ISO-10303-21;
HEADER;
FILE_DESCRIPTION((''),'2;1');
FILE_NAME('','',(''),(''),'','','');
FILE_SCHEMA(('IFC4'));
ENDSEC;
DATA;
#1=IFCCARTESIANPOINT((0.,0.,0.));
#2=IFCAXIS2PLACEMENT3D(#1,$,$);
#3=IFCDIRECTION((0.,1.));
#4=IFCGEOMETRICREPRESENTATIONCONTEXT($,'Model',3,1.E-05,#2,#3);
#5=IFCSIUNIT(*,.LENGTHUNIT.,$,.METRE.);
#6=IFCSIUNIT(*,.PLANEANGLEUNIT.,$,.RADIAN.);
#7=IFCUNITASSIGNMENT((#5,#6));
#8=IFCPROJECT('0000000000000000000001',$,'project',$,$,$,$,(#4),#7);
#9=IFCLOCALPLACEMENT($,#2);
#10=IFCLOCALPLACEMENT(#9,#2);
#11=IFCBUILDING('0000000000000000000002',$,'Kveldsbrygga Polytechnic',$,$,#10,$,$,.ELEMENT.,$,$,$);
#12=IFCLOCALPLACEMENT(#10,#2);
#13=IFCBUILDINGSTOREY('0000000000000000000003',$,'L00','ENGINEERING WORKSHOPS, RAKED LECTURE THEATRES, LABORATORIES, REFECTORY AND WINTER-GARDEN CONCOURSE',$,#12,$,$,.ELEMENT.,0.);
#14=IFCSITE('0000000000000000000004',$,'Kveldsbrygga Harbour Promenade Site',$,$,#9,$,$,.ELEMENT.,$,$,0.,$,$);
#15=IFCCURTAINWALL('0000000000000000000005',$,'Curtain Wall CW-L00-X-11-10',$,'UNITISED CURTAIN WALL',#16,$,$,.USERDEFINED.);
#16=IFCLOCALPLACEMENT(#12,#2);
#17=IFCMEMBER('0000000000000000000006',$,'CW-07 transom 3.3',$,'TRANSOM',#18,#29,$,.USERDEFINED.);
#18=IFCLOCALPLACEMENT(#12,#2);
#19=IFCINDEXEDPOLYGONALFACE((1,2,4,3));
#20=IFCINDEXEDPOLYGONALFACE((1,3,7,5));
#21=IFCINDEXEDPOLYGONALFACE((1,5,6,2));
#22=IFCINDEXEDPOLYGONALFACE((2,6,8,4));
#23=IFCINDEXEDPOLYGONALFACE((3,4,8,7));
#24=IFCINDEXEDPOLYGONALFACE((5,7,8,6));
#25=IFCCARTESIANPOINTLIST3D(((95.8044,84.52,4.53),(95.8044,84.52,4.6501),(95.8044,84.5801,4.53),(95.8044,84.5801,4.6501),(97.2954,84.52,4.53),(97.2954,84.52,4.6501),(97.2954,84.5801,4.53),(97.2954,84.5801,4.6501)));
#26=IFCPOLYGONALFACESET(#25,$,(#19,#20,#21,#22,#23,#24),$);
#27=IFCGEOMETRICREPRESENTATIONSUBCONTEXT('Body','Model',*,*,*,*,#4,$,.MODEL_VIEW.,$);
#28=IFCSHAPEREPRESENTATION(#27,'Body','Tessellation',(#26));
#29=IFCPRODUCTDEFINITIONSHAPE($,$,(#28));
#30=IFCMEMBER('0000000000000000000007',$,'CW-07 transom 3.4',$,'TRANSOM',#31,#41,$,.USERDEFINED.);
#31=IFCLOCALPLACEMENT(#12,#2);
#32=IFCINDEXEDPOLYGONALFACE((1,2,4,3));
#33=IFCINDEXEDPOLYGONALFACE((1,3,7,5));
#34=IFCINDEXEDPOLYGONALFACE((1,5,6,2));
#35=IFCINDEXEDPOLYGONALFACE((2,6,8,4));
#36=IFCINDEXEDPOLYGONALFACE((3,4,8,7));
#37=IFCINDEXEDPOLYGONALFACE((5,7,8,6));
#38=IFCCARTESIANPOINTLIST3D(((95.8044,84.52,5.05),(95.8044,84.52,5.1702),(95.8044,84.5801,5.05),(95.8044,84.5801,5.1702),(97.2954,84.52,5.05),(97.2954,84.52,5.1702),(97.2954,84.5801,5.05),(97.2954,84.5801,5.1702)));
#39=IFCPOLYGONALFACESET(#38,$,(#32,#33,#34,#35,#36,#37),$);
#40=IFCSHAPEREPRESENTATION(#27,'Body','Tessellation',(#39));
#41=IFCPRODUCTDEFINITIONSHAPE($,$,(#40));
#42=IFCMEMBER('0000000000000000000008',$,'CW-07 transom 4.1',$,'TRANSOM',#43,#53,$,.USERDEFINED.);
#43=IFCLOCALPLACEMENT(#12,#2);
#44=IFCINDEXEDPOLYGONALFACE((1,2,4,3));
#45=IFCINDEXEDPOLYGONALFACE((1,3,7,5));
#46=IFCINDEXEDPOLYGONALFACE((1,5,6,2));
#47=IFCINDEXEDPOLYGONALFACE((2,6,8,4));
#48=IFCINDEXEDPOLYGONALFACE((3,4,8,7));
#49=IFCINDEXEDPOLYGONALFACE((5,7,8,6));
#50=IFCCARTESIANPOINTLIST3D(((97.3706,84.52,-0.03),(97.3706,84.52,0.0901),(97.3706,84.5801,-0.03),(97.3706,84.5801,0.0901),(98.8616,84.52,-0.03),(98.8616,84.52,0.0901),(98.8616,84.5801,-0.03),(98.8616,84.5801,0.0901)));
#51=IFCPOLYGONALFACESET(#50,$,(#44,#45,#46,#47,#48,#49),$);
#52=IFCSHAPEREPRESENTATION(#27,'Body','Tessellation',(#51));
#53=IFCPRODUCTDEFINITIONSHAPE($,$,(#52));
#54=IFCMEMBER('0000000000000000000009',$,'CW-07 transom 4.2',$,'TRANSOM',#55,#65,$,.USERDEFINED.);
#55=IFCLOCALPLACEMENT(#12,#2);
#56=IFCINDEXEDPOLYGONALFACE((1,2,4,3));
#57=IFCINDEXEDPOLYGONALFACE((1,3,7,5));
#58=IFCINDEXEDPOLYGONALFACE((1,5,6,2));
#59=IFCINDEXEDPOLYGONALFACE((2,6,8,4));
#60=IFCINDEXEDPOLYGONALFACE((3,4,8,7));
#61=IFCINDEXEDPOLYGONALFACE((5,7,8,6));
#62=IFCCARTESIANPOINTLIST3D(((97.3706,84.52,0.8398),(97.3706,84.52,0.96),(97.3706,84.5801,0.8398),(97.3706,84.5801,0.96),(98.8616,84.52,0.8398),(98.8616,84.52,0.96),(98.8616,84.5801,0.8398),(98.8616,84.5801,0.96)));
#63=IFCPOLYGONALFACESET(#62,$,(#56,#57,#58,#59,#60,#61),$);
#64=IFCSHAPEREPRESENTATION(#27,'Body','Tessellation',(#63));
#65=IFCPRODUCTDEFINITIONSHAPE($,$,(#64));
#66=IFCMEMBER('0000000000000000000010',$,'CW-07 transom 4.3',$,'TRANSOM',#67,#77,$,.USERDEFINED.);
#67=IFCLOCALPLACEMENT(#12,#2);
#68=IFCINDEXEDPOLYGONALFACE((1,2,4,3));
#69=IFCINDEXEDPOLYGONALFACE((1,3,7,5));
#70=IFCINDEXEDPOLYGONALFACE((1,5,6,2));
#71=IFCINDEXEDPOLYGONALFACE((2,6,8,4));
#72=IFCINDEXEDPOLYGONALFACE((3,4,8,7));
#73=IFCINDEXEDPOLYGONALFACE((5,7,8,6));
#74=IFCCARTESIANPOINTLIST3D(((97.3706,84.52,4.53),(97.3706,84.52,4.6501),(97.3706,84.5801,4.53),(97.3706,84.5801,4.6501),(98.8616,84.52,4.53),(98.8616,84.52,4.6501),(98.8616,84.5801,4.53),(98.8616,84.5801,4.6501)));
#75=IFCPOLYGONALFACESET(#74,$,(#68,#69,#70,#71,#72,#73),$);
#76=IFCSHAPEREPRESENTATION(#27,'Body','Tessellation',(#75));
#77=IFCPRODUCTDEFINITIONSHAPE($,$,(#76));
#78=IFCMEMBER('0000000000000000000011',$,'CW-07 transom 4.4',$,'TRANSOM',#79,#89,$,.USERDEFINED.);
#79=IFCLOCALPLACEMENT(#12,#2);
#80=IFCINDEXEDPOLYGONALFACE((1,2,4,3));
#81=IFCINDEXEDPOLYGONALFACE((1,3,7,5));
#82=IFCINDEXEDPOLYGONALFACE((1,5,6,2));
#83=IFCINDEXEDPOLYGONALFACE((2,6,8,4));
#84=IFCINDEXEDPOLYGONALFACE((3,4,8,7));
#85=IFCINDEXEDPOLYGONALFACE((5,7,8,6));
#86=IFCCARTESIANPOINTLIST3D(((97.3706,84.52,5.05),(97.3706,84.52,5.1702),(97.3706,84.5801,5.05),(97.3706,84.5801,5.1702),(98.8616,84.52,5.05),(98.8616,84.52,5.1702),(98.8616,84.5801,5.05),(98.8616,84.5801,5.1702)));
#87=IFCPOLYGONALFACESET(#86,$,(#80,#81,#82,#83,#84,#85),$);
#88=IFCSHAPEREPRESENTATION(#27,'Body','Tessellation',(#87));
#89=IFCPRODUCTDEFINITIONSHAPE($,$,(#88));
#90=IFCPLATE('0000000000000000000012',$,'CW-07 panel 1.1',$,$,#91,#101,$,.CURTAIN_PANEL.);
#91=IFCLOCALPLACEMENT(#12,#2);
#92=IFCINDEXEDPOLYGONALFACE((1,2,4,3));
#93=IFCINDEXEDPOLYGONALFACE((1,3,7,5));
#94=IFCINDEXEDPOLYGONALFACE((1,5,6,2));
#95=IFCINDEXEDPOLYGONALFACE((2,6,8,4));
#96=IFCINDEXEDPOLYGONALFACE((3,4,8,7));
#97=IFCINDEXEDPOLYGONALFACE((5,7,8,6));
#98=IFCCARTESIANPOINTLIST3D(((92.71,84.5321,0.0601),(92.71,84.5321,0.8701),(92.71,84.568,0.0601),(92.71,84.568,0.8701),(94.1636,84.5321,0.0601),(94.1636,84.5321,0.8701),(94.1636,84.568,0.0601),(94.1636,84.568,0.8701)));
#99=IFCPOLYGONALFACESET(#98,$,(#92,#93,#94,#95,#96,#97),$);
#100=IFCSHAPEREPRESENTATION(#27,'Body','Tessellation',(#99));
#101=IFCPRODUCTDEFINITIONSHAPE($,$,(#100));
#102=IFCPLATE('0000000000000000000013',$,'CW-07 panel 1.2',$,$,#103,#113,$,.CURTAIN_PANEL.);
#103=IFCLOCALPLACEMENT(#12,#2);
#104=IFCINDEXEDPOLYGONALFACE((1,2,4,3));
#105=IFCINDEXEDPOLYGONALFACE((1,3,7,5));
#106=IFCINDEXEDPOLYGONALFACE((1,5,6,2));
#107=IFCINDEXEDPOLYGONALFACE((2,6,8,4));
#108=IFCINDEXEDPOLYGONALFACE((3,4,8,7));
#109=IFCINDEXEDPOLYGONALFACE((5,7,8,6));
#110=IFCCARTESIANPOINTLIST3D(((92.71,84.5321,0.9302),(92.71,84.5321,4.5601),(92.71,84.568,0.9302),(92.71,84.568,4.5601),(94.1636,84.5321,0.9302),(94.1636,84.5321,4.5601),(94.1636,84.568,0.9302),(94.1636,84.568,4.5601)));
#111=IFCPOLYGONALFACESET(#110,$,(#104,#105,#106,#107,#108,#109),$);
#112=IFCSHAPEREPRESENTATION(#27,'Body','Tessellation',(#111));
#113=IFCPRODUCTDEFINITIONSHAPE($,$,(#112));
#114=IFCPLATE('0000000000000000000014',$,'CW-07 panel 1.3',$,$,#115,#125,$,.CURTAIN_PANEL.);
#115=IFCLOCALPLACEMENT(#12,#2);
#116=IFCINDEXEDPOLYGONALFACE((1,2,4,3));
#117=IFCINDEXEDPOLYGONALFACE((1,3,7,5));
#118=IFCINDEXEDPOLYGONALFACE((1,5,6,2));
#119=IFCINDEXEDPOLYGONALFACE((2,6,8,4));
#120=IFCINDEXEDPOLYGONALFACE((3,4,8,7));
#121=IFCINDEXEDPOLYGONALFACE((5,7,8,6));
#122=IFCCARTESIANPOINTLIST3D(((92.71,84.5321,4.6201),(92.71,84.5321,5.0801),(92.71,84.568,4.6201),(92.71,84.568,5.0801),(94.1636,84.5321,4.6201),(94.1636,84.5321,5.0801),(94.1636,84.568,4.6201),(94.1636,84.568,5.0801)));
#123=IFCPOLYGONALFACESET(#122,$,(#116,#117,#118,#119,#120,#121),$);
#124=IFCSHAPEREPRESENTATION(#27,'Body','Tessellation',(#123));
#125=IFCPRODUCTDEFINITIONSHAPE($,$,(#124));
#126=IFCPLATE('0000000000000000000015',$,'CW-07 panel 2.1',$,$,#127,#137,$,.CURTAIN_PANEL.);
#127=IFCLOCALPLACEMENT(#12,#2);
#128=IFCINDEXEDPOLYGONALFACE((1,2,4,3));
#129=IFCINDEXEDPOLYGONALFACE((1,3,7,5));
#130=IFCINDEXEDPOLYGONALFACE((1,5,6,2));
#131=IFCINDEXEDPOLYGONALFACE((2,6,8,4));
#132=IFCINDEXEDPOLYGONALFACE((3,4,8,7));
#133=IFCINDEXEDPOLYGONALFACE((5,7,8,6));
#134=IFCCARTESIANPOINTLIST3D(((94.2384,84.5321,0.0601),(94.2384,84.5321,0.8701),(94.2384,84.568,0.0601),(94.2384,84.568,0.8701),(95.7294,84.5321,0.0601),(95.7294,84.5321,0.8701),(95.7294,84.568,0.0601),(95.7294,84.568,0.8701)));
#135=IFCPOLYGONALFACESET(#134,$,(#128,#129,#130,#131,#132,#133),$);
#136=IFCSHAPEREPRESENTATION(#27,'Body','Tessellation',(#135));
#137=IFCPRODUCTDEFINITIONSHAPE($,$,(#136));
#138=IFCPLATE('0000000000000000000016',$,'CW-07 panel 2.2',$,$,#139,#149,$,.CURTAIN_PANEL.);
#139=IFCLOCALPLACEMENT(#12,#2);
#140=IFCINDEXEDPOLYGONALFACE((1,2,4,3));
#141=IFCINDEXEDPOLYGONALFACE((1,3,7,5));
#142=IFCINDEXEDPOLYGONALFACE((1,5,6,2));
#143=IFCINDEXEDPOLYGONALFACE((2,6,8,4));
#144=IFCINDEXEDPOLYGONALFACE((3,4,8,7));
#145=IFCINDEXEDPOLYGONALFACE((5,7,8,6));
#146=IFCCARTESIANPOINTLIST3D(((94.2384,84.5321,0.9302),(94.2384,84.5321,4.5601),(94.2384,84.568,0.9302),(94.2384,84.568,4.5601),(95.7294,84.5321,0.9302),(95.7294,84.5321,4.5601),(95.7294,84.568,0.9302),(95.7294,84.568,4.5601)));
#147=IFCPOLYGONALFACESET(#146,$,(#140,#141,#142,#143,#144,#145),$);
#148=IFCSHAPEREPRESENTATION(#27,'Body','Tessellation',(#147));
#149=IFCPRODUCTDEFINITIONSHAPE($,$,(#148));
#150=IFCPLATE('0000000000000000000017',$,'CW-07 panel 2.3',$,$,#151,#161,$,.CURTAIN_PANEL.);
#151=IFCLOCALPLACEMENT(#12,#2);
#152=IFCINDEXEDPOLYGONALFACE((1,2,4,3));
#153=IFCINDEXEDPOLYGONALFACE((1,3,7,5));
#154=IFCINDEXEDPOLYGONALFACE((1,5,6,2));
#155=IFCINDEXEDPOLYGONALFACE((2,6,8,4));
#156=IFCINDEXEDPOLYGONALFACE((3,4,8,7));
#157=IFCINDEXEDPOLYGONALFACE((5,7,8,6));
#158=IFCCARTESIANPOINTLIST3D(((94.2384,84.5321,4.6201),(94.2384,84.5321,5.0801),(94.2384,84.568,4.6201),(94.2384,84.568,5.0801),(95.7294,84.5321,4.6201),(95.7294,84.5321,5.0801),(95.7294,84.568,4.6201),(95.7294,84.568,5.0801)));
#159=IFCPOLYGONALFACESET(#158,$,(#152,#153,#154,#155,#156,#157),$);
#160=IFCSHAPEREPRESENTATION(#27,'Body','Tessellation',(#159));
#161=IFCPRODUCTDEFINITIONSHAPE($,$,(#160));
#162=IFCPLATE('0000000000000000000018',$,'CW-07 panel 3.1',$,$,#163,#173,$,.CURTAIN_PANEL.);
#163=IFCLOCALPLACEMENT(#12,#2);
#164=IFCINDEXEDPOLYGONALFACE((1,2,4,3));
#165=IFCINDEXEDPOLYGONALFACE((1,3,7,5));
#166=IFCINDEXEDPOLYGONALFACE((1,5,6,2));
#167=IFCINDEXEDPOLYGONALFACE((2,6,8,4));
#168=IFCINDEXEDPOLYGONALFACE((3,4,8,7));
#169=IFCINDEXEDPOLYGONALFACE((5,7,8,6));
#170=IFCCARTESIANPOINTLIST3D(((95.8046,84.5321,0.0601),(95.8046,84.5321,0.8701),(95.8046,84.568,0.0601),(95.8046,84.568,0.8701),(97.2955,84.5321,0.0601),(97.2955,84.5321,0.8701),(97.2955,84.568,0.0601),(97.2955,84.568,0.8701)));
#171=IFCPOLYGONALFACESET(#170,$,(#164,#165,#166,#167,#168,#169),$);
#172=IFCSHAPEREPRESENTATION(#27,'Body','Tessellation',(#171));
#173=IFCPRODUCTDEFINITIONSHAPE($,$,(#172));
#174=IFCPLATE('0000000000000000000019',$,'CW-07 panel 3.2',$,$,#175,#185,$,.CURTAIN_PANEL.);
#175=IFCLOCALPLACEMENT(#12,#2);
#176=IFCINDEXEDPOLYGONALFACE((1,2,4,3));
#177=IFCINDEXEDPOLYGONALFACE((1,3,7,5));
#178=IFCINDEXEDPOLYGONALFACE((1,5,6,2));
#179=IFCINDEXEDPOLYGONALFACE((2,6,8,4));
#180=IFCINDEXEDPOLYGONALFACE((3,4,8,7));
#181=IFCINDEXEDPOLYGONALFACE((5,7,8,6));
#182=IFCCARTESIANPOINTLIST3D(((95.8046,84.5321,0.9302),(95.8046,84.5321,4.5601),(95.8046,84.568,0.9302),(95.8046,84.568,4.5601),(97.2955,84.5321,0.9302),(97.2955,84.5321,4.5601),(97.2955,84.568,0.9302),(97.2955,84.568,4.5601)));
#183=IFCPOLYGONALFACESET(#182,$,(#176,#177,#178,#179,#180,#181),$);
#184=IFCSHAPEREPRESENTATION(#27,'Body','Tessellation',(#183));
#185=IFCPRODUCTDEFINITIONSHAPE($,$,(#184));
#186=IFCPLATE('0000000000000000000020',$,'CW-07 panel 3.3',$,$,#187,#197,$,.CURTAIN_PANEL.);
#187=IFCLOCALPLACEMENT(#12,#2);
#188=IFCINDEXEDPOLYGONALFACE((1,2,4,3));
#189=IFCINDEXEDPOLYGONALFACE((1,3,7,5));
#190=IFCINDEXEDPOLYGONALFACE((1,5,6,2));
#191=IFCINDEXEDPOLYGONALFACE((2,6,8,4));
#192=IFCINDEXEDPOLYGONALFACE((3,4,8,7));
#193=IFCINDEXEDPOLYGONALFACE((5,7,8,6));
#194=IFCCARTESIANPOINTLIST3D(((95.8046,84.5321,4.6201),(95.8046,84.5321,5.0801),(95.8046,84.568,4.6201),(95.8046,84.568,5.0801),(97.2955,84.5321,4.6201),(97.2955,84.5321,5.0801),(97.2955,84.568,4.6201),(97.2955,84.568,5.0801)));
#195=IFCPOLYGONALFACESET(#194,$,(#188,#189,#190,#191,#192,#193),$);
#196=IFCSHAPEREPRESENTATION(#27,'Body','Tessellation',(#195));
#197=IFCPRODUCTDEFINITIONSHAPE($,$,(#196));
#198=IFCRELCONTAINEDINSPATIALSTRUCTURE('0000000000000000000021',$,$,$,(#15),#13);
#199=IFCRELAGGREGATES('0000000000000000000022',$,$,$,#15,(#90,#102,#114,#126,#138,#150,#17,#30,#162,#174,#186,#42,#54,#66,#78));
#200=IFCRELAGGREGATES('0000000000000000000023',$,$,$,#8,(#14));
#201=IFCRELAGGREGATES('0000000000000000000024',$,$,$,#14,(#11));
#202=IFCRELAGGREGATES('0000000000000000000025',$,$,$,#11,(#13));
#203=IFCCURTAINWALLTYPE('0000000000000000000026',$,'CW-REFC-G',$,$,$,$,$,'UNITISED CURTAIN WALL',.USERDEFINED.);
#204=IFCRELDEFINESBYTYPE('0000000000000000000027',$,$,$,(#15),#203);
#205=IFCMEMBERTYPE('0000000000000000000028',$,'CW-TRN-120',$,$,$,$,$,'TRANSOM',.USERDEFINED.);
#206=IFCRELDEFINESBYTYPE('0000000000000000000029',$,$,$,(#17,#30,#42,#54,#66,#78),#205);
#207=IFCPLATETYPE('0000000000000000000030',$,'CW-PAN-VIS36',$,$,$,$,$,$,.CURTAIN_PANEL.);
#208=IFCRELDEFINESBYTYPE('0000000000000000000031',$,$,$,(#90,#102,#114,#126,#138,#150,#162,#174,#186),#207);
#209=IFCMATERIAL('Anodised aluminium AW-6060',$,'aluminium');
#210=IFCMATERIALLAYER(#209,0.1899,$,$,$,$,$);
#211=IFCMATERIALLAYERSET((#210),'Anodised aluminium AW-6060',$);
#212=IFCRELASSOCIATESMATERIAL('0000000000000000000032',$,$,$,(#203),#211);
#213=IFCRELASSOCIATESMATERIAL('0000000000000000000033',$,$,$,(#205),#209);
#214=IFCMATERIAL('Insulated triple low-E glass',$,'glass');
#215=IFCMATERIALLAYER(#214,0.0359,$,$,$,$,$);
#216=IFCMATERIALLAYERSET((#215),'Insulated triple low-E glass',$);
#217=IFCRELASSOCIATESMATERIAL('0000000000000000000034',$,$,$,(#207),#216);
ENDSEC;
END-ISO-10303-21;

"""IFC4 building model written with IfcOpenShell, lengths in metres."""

from ifc_helpers import new_model, si_unit, direction, frame, origin, origin_2d, place, context, subcontext, project, spatial, rectangle, extrude, material, layer, layer_set, material_profile, profile_set, type_object, element, aggregate, save


model = new_model("IFC4")

# Units and contexts
model_context = context("Model", 3, precision=1e-05, world=origin(), true_north=direction((0.0, 1.0)))
body_context = subcontext(model_context, "Body", "Model", "MODEL_VIEW")
ifc_project = project(units=[si_unit("LENGTHUNIT", "METRE"), si_unit("PLANEANGLEUNIT", "RADIAN")], contexts=[model_context])

# Site, building, storey
site_placement = place(None, origin())
site = spatial("IfcSite", under=ifc_project, at=site_placement, Name="Kveldsbrygga Harbour Promenade Site", CompositionType="ELEMENT", RefElevation=0.0)
building_placement = place(site_placement, origin())
building = spatial("IfcBuilding", under=site, at=building_placement, Name="Kveldsbrygga Polytechnic", CompositionType="ELEMENT")
storey_placement = place(building_placement, origin())
storey = spatial("IfcBuildingStorey", under=building, at=storey_placement, Name="L00", Description="ENGINEERING WORKSHOPS, RAKED LECTURE THEATRES, LABORATORIES, REFECTORY AND WINTER-GARDEN CONCOURSE", CompositionType="ELEMENT", Elevation=0.0)

# Curtain wall, members, plates
ifc_material_1 = material(Name="Anodised aluminium AW-6060", Category="aluminium")
ifc_layer_1 = layer(ifc_material_1, 0.1899)
ifc_layer_set_1 = layer_set([ifc_layer_1], Name="Anodised aluminium AW-6060")
curtain_wall_type = type_object("IfcCurtainWallType", Name="CW-REFC-G", ElementType="UNITISED CURTAIN WALL", PredefinedType="USERDEFINED", material=ifc_layer_set_1)
curtain_wall_placement = place(storey_placement, origin())
curtain_wall = element("IfcCurtainWall", 1, at=curtain_wall_placement, inside=storey, type_object=curtain_wall_type, Name="Curtain Wall CW-L00-X-11-10", ObjectType="UNITISED CURTAIN WALL", PredefinedType="USERDEFINED")
ifc_material_profile_1 = material_profile(ifc_material_1, rectangle(XDim=0.0601, YDim=0.1201, at=origin_2d()), Name="ALU 60x120")
ifc_profile_set_1 = profile_set([ifc_material_profile_1], Name="Anodised aluminium AW-6060")
member_type_1 = type_object("IfcMemberType", Name="CW-TRN-120", ElementType="TRANSOM", PredefinedType="USERDEFINED", material=ifc_profile_set_1)
member_1_placement = place(storey_placement, frame((95.8044, 84.55, 4.5901), z_axis=(1.0, 0.0, 0.0), x_axis=(0.0, 1.0, 0.0)))
member_1 = element("IfcMember", 2, at=member_1_placement, type_object=member_type_1, Name="CW-07 transom 3.3", ObjectType="TRANSOM", PredefinedType="USERDEFINED", context=body_context, shape_type="SweptSolid", body=[
    extrude(rectangle(XDim=0.0601, YDim=0.1201, at=origin_2d()), origin(), (0.0, 0.0, 1.0), 1.491),
])
member_2_placement = place(storey_placement, frame((95.8044, 84.55, 5.1101), z_axis=(1.0, 0.0, 0.0), x_axis=(0.0, 1.0, 0.0)))
member_2 = element("IfcMember", 3, at=member_2_placement, type_object=member_type_1, Name="CW-07 transom 3.4", ObjectType="TRANSOM", PredefinedType="USERDEFINED", context=body_context, shape_type="SweptSolid", body=[
    extrude(rectangle(XDim=0.0601, YDim=0.1201, at=origin_2d()), origin(), (0.0, 0.0, 1.0), 1.491),
])
member_3_placement = place(storey_placement, frame((97.3706, 84.55, 0.03), z_axis=(1.0, 0.0, 0.0), x_axis=(0.0, 1.0, 0.0)))
member_3 = element("IfcMember", 4, at=member_3_placement, type_object=member_type_1, Name="CW-07 transom 4.1", ObjectType="TRANSOM", PredefinedType="USERDEFINED", context=body_context, shape_type="SweptSolid", body=[
    extrude(rectangle(XDim=0.0601, YDim=0.1201, at=origin_2d()), origin(), (0.0, 0.0, 1.0), 1.491),
])
member_4_placement = place(storey_placement, frame((97.3706, 84.55, 0.8999), z_axis=(1.0, 0.0, 0.0), x_axis=(0.0, 1.0, 0.0)))
member_4 = element("IfcMember", 5, at=member_4_placement, type_object=member_type_1, Name="CW-07 transom 4.2", ObjectType="TRANSOM", PredefinedType="USERDEFINED", context=body_context, shape_type="SweptSolid", body=[
    extrude(rectangle(XDim=0.0601, YDim=0.1201, at=origin_2d()), origin(), (0.0, 0.0, 1.0), 1.491),
])
member_5_placement = place(storey_placement, frame((97.3706, 84.55, 4.5901), z_axis=(1.0, 0.0, 0.0), x_axis=(0.0, 1.0, 0.0)))
member_5 = element("IfcMember", 6, at=member_5_placement, type_object=member_type_1, Name="CW-07 transom 4.3", ObjectType="TRANSOM", PredefinedType="USERDEFINED", context=body_context, shape_type="SweptSolid", body=[
    extrude(rectangle(XDim=0.0601, YDim=0.1201, at=origin_2d()), origin(), (0.0, 0.0, 1.0), 1.491),
])
member_6_placement = place(storey_placement, frame((97.3706, 84.55, 5.1101), z_axis=(1.0, 0.0, 0.0), x_axis=(0.0, 1.0, 0.0)))
member_6 = element("IfcMember", 7, at=member_6_placement, type_object=member_type_1, Name="CW-07 transom 4.4", ObjectType="TRANSOM", PredefinedType="USERDEFINED", context=body_context, shape_type="SweptSolid", body=[
    extrude(rectangle(XDim=0.0601, YDim=0.1201, at=origin_2d()), origin(), (0.0, 0.0, 1.0), 1.491),
])
ifc_material_2 = material(Name="Insulated triple low-E glass", Category="glass")
ifc_layer_2 = layer(ifc_material_2, 0.0359)
ifc_layer_set_2 = layer_set([ifc_layer_2], Name="Insulated triple low-E glass")
plate_type = type_object("IfcPlateType", Name="CW-PAN-VIS36", PredefinedType="CURTAIN_PANEL", material=ifc_layer_set_2)
plate_1_placement = place(storey_placement, frame((93.4368, 84.55, 0.0601), z_axis=(0.0, 0.0, 1.0), x_axis=(1.0, 0.0, 0.0)))
plate_1 = element("IfcPlate", 8, at=plate_1_placement, type_object=plate_type, Name="CW-07 panel 1.1", PredefinedType="CURTAIN_PANEL", context=body_context, shape_type="SweptSolid", body=[
    extrude(rectangle(XDim=1.4536, YDim=0.0359, at=origin_2d()), origin(), (0.0, 0.0, 1.0), 0.8101),
])
plate_2_placement = place(storey_placement, frame((93.4368, 84.55, 0.9302), z_axis=(0.0, 0.0, 1.0), x_axis=(1.0, 0.0, 0.0)))
plate_2 = element("IfcPlate", 9, at=plate_2_placement, type_object=plate_type, Name="CW-07 panel 1.2", PredefinedType="CURTAIN_PANEL", context=body_context, shape_type="SweptSolid", body=[
    extrude(rectangle(XDim=1.4536, YDim=0.0359, at=origin_2d()), origin(), (0.0, 0.0, 1.0), 3.6299),
])
plate_3_placement = place(storey_placement, frame((93.4368, 84.55, 4.6201), z_axis=(0.0, 0.0, 1.0), x_axis=(1.0, 0.0, 0.0)))
plate_3 = element("IfcPlate", 10, at=plate_3_placement, type_object=plate_type, Name="CW-07 panel 1.3", PredefinedType="CURTAIN_PANEL", context=body_context, shape_type="SweptSolid", body=[
    extrude(rectangle(XDim=1.4536, YDim=0.0359, at=origin_2d()), origin(), (0.0, 0.0, 1.0), 0.46),
])
plate_4_placement = place(storey_placement, frame((94.9839, 84.55, 0.0601), z_axis=(0.0, 0.0, 1.0), x_axis=(1.0, 0.0, 0.0)))
plate_4 = element("IfcPlate", 11, at=plate_4_placement, type_object=plate_type, Name="CW-07 panel 2.1", PredefinedType="CURTAIN_PANEL", context=body_context, shape_type="SweptSolid", body=[
    extrude(rectangle(XDim=1.491, YDim=0.0359, at=origin_2d()), origin(), (0.0, 0.0, 1.0), 0.8101),
])
plate_5_placement = place(storey_placement, frame((94.9839, 84.55, 0.9302), z_axis=(0.0, 0.0, 1.0), x_axis=(1.0, 0.0, 0.0)))
plate_5 = element("IfcPlate", 12, at=plate_5_placement, type_object=plate_type, Name="CW-07 panel 2.2", PredefinedType="CURTAIN_PANEL", context=body_context, shape_type="SweptSolid", body=[
    extrude(rectangle(XDim=1.491, YDim=0.0359, at=origin_2d()), origin(), (0.0, 0.0, 1.0), 3.6299),
])
plate_6_placement = place(storey_placement, frame((94.9839, 84.55, 4.6201), z_axis=(0.0, 0.0, 1.0), x_axis=(1.0, 0.0, 0.0)))
plate_6 = element("IfcPlate", 13, at=plate_6_placement, type_object=plate_type, Name="CW-07 panel 2.3", PredefinedType="CURTAIN_PANEL", context=body_context, shape_type="SweptSolid", body=[
    extrude(rectangle(XDim=1.491, YDim=0.0359, at=origin_2d()), origin(), (0.0, 0.0, 1.0), 0.46),
])
plate_7_placement = place(storey_placement, frame((96.55, 84.55, 0.0601), z_axis=(0.0, 0.0, 1.0), x_axis=(1.0, 0.0, 0.0)))
plate_7 = element("IfcPlate", 14, at=plate_7_placement, type_object=plate_type, Name="CW-07 panel 3.1", PredefinedType="CURTAIN_PANEL", context=body_context, shape_type="SweptSolid", body=[
    extrude(rectangle(XDim=1.491, YDim=0.0359, at=origin_2d()), origin(), (0.0, 0.0, 1.0), 0.8101),
])
plate_8_placement = place(storey_placement, frame((96.55, 84.55, 0.9302), z_axis=(0.0, 0.0, 1.0), x_axis=(1.0, 0.0, 0.0)))
plate_8 = element("IfcPlate", 15, at=plate_8_placement, type_object=plate_type, Name="CW-07 panel 3.2", PredefinedType="CURTAIN_PANEL", context=body_context, shape_type="SweptSolid", body=[
    extrude(rectangle(XDim=1.491, YDim=0.0359, at=origin_2d()), origin(), (0.0, 0.0, 1.0), 3.6299),
])
plate_9_placement = place(storey_placement, frame((96.55, 84.55, 4.6201), z_axis=(0.0, 0.0, 1.0), x_axis=(1.0, 0.0, 0.0)))
plate_9 = element("IfcPlate", 16, at=plate_9_placement, type_object=plate_type, Name="CW-07 panel 3.3", PredefinedType="CURTAIN_PANEL", context=body_context, shape_type="SweptSolid", body=[
    extrude(rectangle(XDim=1.491, YDim=0.0359, at=origin_2d()), origin(), (0.0, 0.0, 1.0), 0.46),
])
aggregate(curtain_wall, [plate_1, plate_2, plate_3, plate_4, plate_5, plate_6, member_1, member_2, plate_7, plate_8, plate_9, member_3, member_4, member_5, member_6])

save(model, "model.ifc")
